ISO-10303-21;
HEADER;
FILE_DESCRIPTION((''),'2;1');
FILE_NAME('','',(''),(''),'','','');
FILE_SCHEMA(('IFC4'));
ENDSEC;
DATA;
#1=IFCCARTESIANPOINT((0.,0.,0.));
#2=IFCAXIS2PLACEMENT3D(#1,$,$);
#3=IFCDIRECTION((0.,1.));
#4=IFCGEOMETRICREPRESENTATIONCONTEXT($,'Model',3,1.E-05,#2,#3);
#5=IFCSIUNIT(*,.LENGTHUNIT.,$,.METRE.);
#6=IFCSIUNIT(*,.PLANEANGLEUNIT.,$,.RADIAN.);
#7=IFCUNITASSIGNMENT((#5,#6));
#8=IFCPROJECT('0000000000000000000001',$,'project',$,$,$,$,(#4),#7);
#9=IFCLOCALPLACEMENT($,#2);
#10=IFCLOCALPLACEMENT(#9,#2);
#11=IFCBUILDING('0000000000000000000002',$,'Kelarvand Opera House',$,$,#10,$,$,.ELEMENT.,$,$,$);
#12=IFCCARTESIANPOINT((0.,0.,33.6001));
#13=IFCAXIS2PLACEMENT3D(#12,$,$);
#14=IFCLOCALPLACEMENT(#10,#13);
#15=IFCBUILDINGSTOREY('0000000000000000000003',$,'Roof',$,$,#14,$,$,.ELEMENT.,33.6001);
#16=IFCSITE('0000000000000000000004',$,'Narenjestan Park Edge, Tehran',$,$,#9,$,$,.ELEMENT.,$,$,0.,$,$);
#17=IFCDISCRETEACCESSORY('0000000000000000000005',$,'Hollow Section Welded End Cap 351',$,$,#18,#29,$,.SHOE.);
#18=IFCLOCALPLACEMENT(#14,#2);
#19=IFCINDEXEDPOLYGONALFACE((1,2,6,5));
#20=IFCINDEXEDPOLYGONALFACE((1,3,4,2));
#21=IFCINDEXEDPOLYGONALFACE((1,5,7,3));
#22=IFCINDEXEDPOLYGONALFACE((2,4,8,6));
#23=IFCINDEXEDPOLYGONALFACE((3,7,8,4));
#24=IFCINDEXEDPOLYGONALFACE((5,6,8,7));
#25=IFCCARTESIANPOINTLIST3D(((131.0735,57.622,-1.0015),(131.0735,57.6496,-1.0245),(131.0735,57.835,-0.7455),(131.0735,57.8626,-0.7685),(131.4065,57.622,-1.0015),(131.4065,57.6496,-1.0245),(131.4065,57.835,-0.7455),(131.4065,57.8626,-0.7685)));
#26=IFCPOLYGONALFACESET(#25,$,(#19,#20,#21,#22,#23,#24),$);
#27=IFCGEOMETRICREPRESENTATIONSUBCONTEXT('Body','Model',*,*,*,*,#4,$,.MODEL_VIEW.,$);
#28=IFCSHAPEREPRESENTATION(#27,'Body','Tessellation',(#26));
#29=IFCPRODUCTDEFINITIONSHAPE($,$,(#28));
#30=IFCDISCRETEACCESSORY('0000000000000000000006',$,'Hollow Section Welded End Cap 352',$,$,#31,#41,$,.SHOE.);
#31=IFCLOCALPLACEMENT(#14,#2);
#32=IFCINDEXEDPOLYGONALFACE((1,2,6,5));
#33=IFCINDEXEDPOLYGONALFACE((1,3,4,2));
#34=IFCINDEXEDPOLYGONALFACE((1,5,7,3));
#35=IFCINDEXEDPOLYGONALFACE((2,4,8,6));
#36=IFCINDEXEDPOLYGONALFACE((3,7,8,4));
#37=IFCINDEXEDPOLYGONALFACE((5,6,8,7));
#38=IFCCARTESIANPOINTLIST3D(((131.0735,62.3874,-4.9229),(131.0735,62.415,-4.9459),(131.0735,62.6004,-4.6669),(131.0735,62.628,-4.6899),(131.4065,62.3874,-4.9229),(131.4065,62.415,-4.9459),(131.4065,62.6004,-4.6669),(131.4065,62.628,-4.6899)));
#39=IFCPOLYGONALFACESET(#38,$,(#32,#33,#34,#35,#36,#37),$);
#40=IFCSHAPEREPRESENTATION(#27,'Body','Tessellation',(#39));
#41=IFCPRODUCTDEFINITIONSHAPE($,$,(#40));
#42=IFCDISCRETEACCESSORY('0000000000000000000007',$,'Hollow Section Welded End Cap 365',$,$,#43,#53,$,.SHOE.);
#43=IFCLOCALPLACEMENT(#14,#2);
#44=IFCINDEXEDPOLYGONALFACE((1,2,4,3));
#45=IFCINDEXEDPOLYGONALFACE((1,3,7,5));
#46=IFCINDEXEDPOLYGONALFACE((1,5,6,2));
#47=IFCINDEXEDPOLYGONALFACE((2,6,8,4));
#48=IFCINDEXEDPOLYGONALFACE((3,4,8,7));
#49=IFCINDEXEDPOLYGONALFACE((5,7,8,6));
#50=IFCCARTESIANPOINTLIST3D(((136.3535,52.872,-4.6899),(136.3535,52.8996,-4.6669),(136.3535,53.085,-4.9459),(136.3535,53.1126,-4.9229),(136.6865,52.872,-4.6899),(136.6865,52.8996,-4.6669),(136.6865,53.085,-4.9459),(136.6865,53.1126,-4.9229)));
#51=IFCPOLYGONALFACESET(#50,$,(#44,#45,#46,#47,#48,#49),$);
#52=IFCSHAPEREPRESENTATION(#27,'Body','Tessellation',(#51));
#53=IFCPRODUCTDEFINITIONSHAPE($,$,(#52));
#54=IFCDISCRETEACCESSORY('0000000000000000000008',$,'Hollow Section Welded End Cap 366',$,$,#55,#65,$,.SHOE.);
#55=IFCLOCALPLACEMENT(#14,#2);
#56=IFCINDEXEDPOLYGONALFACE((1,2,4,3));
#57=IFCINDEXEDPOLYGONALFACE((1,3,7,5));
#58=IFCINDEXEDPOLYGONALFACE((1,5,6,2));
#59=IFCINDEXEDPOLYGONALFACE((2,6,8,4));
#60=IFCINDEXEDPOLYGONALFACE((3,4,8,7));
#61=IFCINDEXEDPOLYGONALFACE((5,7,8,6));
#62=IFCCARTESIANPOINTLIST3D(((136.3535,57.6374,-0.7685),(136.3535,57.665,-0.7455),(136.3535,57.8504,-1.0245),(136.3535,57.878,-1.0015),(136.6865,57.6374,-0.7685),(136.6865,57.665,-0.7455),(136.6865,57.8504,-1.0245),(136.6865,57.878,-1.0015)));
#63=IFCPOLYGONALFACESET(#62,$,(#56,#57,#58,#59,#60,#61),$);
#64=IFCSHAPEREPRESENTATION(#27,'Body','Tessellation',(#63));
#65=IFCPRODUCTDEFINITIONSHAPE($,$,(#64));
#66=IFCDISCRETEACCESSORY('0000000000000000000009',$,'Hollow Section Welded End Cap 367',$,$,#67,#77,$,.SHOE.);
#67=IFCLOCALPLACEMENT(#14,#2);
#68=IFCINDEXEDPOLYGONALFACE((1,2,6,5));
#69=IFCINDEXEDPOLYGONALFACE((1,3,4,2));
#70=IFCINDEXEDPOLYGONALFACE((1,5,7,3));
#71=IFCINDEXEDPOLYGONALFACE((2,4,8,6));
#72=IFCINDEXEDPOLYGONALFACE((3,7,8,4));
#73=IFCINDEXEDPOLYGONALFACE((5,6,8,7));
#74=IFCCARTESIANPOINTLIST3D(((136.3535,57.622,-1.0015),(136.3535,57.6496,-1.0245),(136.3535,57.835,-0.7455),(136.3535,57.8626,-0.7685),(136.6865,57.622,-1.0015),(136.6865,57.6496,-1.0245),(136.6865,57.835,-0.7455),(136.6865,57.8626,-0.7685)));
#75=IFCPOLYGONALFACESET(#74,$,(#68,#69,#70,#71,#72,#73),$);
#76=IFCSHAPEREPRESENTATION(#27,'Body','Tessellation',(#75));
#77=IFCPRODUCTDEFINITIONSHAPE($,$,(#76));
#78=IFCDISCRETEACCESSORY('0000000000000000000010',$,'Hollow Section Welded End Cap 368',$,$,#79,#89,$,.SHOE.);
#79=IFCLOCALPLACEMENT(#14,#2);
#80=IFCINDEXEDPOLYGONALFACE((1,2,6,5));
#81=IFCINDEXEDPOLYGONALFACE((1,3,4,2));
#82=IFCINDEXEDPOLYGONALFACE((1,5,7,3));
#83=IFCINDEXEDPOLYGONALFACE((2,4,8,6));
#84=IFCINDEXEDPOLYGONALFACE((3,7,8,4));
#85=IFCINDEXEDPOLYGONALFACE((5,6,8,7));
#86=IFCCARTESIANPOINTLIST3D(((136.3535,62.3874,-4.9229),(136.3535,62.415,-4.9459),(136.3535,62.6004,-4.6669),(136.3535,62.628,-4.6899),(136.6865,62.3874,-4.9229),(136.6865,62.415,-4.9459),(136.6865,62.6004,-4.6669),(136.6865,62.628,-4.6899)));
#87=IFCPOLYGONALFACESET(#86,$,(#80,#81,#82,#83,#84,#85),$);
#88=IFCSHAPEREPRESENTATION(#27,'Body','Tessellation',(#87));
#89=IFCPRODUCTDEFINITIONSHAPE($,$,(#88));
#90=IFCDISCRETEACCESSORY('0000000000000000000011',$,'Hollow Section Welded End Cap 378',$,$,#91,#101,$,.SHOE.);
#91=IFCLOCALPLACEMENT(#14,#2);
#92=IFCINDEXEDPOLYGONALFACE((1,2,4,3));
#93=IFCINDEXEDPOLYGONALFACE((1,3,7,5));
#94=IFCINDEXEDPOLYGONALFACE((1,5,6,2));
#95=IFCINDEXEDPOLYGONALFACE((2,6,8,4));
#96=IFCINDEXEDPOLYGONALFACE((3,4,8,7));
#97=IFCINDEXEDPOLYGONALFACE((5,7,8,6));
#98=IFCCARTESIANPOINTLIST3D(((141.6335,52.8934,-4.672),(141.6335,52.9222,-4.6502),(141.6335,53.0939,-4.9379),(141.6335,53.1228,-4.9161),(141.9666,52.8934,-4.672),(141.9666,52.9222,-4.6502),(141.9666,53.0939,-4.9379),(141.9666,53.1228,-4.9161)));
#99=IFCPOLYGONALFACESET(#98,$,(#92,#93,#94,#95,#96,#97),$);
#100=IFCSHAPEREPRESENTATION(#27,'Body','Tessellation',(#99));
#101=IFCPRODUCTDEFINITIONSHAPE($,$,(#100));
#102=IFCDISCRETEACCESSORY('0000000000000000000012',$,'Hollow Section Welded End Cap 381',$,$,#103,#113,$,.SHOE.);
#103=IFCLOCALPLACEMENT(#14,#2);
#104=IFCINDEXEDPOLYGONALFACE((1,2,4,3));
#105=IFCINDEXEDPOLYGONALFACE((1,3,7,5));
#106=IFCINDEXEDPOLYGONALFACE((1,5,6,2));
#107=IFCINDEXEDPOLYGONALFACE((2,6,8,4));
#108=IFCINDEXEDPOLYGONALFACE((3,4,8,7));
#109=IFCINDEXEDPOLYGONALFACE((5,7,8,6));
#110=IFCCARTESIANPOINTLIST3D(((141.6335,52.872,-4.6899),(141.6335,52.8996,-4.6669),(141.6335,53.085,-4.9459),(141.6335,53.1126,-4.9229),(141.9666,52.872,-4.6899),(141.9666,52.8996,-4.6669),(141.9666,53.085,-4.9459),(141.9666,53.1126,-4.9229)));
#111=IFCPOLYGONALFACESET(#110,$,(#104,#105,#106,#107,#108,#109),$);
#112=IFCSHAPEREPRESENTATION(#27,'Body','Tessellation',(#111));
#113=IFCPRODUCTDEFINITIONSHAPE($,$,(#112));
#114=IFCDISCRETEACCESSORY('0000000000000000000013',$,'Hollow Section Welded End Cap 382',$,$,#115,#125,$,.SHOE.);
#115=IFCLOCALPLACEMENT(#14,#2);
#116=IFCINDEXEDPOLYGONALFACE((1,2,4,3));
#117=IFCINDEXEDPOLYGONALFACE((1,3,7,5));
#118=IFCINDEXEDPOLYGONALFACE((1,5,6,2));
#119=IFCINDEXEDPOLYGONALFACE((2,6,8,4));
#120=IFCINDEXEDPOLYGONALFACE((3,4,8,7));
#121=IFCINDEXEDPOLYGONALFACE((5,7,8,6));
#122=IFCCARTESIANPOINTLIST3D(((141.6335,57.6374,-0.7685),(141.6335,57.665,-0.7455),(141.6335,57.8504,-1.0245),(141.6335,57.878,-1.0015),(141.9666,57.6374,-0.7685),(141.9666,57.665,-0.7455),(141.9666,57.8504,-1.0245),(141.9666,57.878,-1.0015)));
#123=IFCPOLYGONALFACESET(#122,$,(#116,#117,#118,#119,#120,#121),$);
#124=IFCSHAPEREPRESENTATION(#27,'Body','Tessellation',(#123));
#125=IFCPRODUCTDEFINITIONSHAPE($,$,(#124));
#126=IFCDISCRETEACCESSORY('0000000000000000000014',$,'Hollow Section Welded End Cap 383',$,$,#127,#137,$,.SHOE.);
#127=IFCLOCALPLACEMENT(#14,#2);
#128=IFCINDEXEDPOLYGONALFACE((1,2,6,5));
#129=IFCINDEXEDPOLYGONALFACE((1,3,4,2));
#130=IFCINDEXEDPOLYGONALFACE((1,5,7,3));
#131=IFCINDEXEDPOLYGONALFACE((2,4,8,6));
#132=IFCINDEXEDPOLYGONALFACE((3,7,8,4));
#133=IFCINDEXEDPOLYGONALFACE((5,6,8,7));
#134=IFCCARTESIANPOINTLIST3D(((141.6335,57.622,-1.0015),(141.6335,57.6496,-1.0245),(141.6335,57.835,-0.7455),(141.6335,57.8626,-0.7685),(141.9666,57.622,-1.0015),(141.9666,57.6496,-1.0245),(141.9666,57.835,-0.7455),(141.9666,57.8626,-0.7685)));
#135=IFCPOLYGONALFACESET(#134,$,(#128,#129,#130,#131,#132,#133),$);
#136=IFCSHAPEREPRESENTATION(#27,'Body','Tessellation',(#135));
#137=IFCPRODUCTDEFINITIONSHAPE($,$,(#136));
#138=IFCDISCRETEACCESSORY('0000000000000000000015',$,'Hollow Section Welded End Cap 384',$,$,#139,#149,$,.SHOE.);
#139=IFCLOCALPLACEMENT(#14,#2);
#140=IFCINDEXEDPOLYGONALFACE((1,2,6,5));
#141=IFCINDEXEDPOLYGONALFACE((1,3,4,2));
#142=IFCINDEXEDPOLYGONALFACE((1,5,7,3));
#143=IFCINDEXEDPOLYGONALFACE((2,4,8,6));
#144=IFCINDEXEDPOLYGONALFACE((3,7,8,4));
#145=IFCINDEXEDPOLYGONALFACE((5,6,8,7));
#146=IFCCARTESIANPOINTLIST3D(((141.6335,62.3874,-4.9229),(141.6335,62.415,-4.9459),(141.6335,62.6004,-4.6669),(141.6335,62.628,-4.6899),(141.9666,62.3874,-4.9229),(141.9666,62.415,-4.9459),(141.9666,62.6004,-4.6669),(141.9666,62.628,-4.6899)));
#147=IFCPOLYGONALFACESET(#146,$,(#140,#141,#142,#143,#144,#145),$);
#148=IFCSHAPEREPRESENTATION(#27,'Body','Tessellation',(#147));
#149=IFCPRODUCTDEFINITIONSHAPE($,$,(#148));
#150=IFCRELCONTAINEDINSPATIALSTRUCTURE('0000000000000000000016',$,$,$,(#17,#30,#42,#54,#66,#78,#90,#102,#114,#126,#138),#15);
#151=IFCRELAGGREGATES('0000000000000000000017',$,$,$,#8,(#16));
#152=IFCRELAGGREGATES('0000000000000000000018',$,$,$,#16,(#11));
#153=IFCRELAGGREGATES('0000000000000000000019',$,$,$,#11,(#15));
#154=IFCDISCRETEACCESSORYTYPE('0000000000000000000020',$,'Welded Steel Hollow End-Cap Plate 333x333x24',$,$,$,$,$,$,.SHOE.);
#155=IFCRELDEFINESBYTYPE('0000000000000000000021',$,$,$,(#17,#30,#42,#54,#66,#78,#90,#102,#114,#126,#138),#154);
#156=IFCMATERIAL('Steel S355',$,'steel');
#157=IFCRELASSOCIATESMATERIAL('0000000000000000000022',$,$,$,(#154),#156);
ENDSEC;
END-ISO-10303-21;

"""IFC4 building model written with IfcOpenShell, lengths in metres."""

from ifc_helpers import new_model, si_unit, direction, frame, origin, origin_2d, place, context, subcontext, project, spatial, rectangle, extrude, material, material_profile, profile_set, type_object, element, save


model = new_model("IFC4")

# Units and contexts
model_context = context("Model", 3, precision=1e-05, world=origin(), true_north=direction((0.0, 1.0)))
body_context = subcontext(model_context, "Body", "Model", "MODEL_VIEW")
ifc_project = project(units=[si_unit("LENGTHUNIT", "METRE"), si_unit("PLANEANGLEUNIT", "RADIAN")], contexts=[model_context])

# Site, building, storey
site_placement = place(None, origin())
site = spatial("IfcSite", under=ifc_project, at=site_placement, Name="Narenjestan Park Edge, Tehran", CompositionType="ELEMENT", RefElevation=0.0)
building_placement = place(site_placement, origin())
building = spatial("IfcBuilding", under=site, at=building_placement, Name="Kelarvand Opera House", CompositionType="ELEMENT")
storey_placement = place(building_placement, frame((0.0, 0.0, 33.6001)))
storey = spatial("IfcBuildingStorey", under=building, at=storey_placement, Name="Roof", CompositionType="ELEMENT", Elevation=33.6001)

# Shared definitions
ifc_material = material(Name="Steel S355", Category="steel")

# Discrete accessories
ifc_material_profile_1 = material_profile(ifc_material, rectangle(XDim=0.333, YDim=0.333, at=origin_2d()), Name="Welded Steel Hollow End-Cap Plate 333x333x24", Category="steel")
ifc_profile_set_1 = profile_set([ifc_material_profile_1], Name="Steel S355")
discrete_accessory_type_1 = type_object("IfcDiscreteAccessoryType", Name="Welded Steel Hollow End-Cap Plate 333x333x24", PredefinedType="SHOE", material=ifc_profile_set_1)
for number, where, z_axis, x_axis, name in (
    (1, (131.24, 57.7561, -0.8965), (0.0, -0.768779, 0.639515), (1.0, 0.0, 0.0), "Hollow Section Welded End Cap 351"),
    (2, (131.24, 62.4939, -4.7949), (0.0, 0.768779, -0.639515), (-1.0, 0.0, 0.0), "Hollow Section Welded End Cap 352"),
    (3, (136.52, 53.0061, -4.7949), (0.0, -0.768779, -0.639515), (1.0, 0.0, 0.0), "Hollow Section Welded End Cap 365"),
    (4, (136.52, 57.7439, -0.8965), (0.0, 0.768779, 0.639515), (-1.0, 0.0, 0.0), "Hollow Section Welded End Cap 366"),
    (5, (136.52, 57.7561, -0.8965), (0.0, -0.768779, 0.639515), (1.0, 0.0, 0.0), "Hollow Section Welded End Cap 367"),
    (6, (136.52, 62.4939, -4.7949), (0.0, 0.768779, -0.639515), (-1.0, 0.0, 0.0), "Hollow Section Welded End Cap 368"),
):
    element("IfcDiscreteAccessory", number, at=place(storey_placement, frame(where, z_axis=z_axis, x_axis=x_axis)), inside=storey, type_object=discrete_accessory_type_1, Name=name, PredefinedType="SHOE", context=body_context, shape_type="SweptSolid", body=[
        extrude(rectangle(XDim=0.333, YDim=0.333, at=origin_2d()), origin(), (0.0, 0.0, 1.0), 0.0359),
    ])
discrete_accessory_placement = place(storey_placement, frame((141.8, 52.9937, -4.8049), z_axis=(0.0, 0.798373, 0.602163), x_axis=(-1.0, 0.0, 0.0)))
element("IfcDiscreteAccessory", 7, at=discrete_accessory_placement, inside=storey, type_object=discrete_accessory_type_1, Name="Hollow Section Welded End Cap 378", PredefinedType="SHOE", context=body_context, shape_type="SweptSolid", body=[
    extrude(rectangle(XDim=0.333, YDim=0.333, at=origin_2d()), origin(), (0.0, 0.0, 1.0), 0.0361),
])
for number, where, z_axis, x_axis, name in (
    (8, (141.8, 53.0061, -4.7949), (0.0, -0.768779, -0.639515), (1.0, 0.0, 0.0), "Hollow Section Welded End Cap 381"),
    (9, (141.8, 57.7439, -0.8965), (0.0, 0.768779, 0.639515), (-1.0, 0.0, 0.0), "Hollow Section Welded End Cap 382"),
    (10, (141.8, 57.7561, -0.8965), (0.0, -0.768779, 0.639515), (1.0, 0.0, 0.0), "Hollow Section Welded End Cap 383"),
    (11, (141.8, 62.4939, -4.7949), (0.0, 0.768779, -0.639515), (-1.0, 0.0, 0.0), "Hollow Section Welded End Cap 384"),
):
    element("IfcDiscreteAccessory", number, at=place(storey_placement, frame(where, z_axis=z_axis, x_axis=x_axis)), inside=storey, type_object=discrete_accessory_type_1, Name=name, PredefinedType="SHOE", context=body_context, shape_type="SweptSolid", body=[
        extrude(rectangle(XDim=0.333, YDim=0.333, at=origin_2d()), origin(), (0.0, 0.0, 1.0), 0.0359),
    ])

save(model, "model.ifc")
